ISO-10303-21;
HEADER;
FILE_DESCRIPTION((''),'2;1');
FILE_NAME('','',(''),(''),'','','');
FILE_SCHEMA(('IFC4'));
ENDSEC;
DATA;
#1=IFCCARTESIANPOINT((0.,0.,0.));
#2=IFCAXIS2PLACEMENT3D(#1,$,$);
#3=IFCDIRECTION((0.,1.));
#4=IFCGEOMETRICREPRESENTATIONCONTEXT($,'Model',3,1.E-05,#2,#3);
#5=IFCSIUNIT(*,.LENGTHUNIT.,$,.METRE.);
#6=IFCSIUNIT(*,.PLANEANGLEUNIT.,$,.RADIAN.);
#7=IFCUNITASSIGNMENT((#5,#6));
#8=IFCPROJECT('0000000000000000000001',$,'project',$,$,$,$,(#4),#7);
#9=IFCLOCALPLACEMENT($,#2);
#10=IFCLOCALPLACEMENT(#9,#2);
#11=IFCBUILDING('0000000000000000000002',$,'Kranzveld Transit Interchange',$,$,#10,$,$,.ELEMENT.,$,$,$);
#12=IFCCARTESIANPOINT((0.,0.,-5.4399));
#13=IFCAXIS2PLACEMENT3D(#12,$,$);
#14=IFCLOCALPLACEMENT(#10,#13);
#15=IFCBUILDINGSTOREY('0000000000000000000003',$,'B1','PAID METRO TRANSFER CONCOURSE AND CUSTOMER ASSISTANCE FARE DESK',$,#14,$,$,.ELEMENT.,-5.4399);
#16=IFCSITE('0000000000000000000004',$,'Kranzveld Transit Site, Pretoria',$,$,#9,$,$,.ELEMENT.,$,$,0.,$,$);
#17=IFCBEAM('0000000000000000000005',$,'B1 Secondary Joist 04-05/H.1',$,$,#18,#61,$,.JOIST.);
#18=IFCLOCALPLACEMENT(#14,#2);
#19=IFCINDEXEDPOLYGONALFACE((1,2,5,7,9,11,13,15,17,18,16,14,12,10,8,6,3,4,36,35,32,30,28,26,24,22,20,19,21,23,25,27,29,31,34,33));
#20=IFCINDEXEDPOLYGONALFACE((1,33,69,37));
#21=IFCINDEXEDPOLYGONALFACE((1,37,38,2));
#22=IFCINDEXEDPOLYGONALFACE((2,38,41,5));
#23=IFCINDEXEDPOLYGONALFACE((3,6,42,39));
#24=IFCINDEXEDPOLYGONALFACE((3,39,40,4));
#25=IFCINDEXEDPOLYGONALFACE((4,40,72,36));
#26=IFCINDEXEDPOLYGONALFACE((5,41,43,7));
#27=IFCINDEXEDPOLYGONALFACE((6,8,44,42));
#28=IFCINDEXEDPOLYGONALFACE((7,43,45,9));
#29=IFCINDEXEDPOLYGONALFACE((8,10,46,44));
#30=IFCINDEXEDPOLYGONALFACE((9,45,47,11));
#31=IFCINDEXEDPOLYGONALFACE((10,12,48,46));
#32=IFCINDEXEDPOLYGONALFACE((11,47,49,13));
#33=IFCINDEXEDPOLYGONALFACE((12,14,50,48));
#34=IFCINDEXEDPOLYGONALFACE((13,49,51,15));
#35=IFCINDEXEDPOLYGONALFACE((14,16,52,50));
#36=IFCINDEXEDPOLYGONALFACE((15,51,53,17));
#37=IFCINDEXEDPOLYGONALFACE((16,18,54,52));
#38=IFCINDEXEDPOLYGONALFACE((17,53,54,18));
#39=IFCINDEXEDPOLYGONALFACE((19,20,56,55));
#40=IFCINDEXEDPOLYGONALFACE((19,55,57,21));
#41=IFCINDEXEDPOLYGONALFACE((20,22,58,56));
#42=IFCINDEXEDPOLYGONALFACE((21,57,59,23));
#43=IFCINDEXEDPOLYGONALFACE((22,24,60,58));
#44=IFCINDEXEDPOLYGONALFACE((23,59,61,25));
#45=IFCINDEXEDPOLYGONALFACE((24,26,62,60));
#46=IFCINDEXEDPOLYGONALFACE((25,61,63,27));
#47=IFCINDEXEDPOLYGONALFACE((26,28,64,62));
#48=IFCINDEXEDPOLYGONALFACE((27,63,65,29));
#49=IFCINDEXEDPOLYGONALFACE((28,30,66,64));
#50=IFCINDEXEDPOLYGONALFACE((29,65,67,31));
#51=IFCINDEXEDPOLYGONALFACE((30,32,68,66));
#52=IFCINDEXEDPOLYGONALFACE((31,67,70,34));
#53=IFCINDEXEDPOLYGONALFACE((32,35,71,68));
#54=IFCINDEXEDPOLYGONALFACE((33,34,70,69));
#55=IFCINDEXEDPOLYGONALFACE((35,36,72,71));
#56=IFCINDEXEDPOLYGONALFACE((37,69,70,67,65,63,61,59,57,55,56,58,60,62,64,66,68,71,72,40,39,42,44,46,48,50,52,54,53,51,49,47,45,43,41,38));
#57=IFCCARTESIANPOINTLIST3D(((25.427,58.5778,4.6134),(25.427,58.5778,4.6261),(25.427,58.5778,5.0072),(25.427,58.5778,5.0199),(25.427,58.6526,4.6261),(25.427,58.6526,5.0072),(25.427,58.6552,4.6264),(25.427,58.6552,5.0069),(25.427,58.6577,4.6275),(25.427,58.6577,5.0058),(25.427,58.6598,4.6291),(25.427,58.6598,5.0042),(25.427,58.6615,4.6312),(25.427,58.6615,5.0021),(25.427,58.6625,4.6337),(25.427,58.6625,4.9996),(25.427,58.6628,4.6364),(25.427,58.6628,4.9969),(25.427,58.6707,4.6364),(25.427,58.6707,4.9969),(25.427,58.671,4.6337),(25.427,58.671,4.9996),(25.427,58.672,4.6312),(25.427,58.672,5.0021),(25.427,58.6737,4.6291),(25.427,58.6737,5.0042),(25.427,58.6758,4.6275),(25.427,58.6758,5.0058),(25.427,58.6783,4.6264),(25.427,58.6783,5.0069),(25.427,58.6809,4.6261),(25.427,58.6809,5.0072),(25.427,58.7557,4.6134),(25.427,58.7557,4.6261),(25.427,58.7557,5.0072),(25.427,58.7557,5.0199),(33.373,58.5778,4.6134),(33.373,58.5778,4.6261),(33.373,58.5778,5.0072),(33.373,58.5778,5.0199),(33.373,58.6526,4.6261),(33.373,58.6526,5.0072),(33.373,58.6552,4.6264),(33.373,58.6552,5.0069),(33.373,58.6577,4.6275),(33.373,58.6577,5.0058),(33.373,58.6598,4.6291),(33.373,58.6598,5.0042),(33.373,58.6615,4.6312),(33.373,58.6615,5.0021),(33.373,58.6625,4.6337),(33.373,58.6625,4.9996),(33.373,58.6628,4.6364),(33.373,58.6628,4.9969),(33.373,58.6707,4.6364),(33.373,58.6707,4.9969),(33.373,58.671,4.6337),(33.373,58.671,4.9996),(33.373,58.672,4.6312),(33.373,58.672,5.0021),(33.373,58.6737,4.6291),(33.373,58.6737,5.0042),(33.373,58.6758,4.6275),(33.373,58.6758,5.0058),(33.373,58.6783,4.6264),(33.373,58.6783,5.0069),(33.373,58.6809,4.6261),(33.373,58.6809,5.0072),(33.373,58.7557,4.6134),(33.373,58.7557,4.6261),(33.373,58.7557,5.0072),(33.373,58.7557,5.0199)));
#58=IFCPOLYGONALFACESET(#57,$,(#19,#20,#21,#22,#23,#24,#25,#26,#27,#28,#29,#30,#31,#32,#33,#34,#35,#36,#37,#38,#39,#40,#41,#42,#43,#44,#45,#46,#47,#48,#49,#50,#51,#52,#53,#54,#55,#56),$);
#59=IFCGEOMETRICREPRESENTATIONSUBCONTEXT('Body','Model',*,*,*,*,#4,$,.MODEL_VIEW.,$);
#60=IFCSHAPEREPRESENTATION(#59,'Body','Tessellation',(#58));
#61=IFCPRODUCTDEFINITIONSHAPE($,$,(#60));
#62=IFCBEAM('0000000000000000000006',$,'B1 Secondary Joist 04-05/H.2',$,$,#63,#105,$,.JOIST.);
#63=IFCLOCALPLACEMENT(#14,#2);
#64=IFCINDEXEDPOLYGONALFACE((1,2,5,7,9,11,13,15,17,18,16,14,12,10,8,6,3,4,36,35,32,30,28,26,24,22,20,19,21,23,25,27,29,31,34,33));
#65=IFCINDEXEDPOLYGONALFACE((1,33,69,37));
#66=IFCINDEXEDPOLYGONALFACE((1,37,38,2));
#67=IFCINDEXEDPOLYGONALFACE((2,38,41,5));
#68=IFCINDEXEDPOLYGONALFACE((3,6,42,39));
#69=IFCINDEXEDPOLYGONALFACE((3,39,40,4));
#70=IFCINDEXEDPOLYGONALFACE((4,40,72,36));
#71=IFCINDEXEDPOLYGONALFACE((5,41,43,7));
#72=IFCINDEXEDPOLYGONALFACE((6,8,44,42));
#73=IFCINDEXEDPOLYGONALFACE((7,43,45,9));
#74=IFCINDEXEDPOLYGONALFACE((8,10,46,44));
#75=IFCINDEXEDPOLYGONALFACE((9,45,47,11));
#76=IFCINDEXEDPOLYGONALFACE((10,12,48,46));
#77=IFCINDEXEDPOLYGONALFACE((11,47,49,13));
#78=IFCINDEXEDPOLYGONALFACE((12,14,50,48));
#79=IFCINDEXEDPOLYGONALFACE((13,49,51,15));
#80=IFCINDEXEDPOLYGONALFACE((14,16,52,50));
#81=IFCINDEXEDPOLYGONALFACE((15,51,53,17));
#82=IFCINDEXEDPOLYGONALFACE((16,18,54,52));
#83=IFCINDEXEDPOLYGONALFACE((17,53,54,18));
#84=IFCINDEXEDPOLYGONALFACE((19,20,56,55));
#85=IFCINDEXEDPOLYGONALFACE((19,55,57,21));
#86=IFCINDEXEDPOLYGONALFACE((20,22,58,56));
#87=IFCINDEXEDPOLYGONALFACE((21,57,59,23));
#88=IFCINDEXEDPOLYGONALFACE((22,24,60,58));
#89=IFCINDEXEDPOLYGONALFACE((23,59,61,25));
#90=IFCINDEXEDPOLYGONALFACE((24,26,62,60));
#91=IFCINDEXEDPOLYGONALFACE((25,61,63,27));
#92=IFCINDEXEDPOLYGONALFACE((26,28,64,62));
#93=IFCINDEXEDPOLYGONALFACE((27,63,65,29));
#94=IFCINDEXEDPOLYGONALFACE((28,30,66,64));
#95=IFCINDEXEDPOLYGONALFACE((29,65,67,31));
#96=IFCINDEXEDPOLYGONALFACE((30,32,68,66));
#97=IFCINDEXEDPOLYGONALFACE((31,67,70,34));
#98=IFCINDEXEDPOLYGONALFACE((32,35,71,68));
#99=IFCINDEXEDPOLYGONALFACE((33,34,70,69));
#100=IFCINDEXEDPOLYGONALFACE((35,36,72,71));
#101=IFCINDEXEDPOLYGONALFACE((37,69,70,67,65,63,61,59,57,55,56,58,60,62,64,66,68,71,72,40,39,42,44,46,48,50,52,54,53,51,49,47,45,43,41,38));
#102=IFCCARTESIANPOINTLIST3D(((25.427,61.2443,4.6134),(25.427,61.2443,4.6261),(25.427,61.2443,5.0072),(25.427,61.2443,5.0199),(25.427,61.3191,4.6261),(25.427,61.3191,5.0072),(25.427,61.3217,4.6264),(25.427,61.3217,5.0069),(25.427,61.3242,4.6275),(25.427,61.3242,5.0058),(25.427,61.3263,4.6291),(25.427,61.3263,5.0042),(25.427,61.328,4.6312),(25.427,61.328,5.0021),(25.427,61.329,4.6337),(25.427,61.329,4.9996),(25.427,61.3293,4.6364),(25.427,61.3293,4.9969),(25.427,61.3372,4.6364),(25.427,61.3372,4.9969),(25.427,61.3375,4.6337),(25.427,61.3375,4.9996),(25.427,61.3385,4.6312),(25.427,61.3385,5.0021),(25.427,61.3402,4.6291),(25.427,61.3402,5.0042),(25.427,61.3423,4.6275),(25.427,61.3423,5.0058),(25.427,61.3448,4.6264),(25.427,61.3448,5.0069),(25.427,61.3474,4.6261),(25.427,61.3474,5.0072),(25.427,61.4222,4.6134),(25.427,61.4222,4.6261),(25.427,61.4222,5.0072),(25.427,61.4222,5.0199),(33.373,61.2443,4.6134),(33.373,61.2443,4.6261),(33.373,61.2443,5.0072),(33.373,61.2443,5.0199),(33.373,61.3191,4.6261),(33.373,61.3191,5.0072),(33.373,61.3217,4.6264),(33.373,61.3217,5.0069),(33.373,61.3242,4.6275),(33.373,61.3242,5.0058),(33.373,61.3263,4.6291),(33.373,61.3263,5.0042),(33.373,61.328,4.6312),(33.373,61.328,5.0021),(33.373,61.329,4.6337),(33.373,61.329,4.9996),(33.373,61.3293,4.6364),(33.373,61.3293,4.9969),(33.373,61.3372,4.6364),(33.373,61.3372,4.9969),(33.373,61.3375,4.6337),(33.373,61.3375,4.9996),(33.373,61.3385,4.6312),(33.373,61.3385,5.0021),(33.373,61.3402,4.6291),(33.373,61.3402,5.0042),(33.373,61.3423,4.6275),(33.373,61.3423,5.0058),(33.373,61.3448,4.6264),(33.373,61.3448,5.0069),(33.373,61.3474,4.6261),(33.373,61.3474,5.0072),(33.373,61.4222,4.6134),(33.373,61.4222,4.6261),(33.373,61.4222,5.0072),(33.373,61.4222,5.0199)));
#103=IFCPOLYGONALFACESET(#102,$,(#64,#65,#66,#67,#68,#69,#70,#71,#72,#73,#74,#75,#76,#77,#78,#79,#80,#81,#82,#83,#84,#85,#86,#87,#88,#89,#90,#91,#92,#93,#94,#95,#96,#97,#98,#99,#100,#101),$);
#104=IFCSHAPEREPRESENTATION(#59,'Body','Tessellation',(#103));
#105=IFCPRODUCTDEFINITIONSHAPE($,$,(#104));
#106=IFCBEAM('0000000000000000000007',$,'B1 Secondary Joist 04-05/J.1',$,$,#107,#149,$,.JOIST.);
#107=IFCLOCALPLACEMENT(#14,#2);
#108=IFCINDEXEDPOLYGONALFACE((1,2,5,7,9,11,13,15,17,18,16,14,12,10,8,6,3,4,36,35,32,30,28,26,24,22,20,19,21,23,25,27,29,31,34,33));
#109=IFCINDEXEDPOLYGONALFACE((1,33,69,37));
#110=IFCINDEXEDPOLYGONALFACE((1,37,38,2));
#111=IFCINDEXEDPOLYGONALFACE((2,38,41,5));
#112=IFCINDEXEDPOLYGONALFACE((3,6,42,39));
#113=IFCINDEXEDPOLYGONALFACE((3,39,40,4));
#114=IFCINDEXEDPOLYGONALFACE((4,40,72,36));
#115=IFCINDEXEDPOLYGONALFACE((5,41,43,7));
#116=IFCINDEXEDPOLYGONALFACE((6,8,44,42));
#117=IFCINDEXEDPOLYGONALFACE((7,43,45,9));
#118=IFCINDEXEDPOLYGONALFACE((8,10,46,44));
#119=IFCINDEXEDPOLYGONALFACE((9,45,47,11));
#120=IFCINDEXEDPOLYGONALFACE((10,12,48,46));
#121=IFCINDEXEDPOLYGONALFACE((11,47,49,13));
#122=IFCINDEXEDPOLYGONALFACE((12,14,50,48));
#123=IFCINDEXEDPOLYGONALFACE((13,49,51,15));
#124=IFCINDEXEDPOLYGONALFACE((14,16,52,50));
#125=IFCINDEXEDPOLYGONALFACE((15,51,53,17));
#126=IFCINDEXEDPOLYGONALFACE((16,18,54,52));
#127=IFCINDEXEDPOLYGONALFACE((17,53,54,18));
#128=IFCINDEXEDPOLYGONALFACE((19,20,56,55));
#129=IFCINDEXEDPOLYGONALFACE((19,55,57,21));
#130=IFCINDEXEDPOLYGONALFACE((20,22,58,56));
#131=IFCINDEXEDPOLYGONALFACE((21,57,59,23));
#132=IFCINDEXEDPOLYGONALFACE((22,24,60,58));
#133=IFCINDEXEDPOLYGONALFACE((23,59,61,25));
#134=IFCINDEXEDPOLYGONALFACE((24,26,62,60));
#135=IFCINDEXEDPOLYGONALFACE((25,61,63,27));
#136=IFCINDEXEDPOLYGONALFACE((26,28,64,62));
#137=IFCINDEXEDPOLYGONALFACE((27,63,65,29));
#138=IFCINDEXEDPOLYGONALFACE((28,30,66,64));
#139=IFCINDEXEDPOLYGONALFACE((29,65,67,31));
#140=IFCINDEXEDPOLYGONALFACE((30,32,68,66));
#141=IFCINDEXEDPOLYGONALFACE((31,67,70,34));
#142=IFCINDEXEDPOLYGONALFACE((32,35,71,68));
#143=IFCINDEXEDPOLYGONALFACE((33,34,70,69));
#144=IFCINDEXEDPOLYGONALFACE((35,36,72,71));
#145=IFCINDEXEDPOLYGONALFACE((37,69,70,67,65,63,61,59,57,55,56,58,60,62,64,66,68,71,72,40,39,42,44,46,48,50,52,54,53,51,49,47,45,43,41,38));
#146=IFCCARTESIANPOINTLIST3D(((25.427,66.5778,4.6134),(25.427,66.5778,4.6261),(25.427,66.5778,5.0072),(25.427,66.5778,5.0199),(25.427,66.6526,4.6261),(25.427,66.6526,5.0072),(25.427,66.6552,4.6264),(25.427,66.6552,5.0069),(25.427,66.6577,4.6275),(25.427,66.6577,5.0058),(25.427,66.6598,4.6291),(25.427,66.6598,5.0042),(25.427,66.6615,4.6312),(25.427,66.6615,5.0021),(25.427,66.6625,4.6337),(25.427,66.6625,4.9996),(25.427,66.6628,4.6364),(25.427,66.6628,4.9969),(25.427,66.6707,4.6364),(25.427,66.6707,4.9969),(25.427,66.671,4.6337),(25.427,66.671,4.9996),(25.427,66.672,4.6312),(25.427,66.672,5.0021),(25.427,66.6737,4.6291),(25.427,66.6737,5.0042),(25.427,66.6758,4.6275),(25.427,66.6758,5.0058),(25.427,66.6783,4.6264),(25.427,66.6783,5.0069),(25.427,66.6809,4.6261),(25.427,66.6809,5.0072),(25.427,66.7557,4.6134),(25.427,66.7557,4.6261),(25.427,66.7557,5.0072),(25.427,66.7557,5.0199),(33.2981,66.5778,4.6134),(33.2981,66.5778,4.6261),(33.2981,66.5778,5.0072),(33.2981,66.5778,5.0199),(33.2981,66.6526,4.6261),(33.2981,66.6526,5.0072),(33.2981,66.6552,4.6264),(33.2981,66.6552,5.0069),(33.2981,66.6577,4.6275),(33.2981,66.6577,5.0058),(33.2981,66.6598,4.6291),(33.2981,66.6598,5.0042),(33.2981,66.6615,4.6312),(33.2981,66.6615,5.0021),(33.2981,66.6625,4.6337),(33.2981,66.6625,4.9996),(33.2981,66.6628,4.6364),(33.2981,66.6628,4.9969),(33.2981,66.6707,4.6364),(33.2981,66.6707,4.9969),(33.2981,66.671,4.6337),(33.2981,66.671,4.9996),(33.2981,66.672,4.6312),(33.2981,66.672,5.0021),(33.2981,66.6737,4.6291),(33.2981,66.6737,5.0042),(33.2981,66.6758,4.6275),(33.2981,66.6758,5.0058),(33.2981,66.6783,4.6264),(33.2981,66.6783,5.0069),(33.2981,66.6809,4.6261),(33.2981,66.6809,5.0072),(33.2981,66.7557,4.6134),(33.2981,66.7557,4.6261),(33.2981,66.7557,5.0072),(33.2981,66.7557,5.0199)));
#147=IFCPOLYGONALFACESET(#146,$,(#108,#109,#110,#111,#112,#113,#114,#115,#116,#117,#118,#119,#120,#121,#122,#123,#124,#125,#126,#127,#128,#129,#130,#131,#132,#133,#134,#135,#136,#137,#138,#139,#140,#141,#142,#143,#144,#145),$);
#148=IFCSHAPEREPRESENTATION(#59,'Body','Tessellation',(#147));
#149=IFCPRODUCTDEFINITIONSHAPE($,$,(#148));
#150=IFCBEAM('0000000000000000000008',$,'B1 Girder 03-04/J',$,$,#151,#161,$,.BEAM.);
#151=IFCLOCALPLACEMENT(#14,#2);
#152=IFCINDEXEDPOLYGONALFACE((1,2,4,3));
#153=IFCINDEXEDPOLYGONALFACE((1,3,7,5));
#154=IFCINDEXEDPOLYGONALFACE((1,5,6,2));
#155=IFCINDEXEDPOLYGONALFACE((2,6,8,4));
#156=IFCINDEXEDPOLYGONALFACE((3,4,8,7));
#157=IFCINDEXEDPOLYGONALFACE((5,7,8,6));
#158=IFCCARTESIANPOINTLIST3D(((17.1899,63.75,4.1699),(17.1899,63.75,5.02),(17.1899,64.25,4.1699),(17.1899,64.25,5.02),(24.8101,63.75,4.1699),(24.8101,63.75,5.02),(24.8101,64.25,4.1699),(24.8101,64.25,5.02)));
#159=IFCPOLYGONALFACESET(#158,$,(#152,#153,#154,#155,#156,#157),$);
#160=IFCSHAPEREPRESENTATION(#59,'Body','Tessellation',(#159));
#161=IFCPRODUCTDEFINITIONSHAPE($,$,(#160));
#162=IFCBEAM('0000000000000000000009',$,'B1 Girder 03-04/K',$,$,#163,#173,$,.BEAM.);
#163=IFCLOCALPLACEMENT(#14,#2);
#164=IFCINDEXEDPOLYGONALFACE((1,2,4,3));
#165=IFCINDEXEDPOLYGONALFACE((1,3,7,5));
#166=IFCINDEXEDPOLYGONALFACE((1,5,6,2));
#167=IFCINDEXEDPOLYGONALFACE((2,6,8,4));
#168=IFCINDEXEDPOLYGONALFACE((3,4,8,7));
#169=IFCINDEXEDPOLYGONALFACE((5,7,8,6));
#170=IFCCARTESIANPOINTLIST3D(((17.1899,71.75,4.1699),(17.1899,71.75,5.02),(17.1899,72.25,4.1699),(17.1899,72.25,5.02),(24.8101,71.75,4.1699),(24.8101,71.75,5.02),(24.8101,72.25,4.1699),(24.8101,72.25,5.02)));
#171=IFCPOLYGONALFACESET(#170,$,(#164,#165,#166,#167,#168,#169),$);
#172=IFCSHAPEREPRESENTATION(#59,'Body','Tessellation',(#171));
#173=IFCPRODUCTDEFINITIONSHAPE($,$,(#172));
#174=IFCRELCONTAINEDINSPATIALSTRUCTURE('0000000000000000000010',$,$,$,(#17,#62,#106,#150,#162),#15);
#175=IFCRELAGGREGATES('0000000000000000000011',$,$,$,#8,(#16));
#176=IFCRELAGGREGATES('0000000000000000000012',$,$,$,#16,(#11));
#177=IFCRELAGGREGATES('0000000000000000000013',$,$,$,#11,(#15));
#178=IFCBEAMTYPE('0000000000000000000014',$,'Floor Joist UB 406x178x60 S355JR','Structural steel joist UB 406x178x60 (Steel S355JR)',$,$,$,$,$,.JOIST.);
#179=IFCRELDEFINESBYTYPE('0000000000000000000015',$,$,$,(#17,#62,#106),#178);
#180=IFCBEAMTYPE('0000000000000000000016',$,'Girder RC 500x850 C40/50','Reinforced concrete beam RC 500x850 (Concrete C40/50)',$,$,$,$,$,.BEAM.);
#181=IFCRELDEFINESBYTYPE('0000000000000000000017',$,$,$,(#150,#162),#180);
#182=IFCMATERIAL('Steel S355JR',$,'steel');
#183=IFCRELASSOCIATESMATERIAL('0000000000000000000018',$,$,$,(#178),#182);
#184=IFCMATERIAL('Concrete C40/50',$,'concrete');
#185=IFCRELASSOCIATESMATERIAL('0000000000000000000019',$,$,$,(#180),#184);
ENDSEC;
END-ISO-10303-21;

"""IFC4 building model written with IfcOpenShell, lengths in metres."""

from ifc_helpers import new_model, si_unit, direction, frame, origin, origin_2d, place, context, subcontext, project, spatial, rectangle, i_section, extrude, material, material_profile, profile_set, type_object, element, save


model = new_model("IFC4")

# Units and contexts
model_context = context("Model", 3, precision=1e-05, world=origin(), true_north=direction((0.0, 1.0)))
body_context = subcontext(model_context, "Body", "Model", "MODEL_VIEW")
ifc_project = project(units=[si_unit("LENGTHUNIT", "METRE"), si_unit("PLANEANGLEUNIT", "RADIAN")], contexts=[model_context])

# Site, building, storey
site_placement = place(None, origin())
site = spatial("IfcSite", under=ifc_project, at=site_placement, Name="Kranzveld Transit Site, Pretoria", CompositionType="ELEMENT", RefElevation=0.0)
building_placement = place(site_placement, origin())
building = spatial("IfcBuilding", under=site, at=building_placement, Name="Kranzveld Transit Interchange", CompositionType="ELEMENT")
storey_placement = place(building_placement, frame((0.0, 0.0, -5.4399)))
storey = spatial("IfcBuildingStorey", under=building, at=storey_placement, Name="B1", Description="PAID METRO TRANSFER CONCOURSE AND CUSTOMER ASSISTANCE FARE DESK", CompositionType="ELEMENT", Elevation=-5.4399)

# Beams
ifc_material_1 = material(Name="Steel S355JR", Category="steel")
ifc_material_profile_1 = material_profile(ifc_material_1, i_section(OverallWidth=0.178, OverallDepth=0.4065, WebThickness=0.0078, FlangeThickness=0.0127, FilletRadius=0.0103, at=origin_2d()), Name="UB 406x178x60")
ifc_profile_set_1 = profile_set([ifc_material_profile_1], Name="Steel S355JR")
beam_type_1 = type_object("IfcBeamType", Name="Floor Joist UB 406x178x60 S355JR", Description="Structural steel joist UB 406x178x60 (Steel S355JR)", PredefinedType="JOIST", material=ifc_profile_set_1)
for number, where, z_axis, x_axis, name in (
    (1, (25.427, 58.6667, 4.8167), (1.0, 0.0, 0.0), (0.0, 1.0, 0.0), "B1 Secondary Joist 04-05/H.1"),
    (2, (25.427, 61.3333, 4.8167), (1.0, 0.0, 0.0), (0.0, 1.0, 0.0), "B1 Secondary Joist 04-05/H.2"),
):
    element("IfcBeam", number, at=place(storey_placement, frame(where, z_axis=z_axis, x_axis=x_axis)), inside=storey, type_object=beam_type_1, Name=name, PredefinedType="JOIST", context=body_context, shape_type="SweptSolid", body=[
        extrude(i_section(OverallWidth=0.178, OverallDepth=0.4065, WebThickness=0.0078, FlangeThickness=0.0127, FilletRadius=0.0103, at=origin_2d()), origin(), (0.0, 0.0, 1.0), 7.946),
    ])
beam_placement = place(storey_placement, frame((25.427, 66.6667, 4.8167), z_axis=(1.0, 0.0, 0.0), x_axis=(0.0, 1.0, 0.0)))
element("IfcBeam", 3, at=beam_placement, inside=storey, type_object=beam_type_1, Name="B1 Secondary Joist 04-05/J.1", PredefinedType="JOIST", context=body_context, shape_type="SweptSolid", body=[
    extrude(i_section(OverallWidth=0.178, OverallDepth=0.4065, WebThickness=0.0078, FlangeThickness=0.0127, FilletRadius=0.0103, at=origin_2d()), origin(), (0.0, 0.0, 1.0), 7.8711),
])
ifc_material_2 = material(Name="Concrete C40/50", Category="concrete")
ifc_material_profile_2 = material_profile(ifc_material_2, rectangle(XDim=0.5, YDim=0.8501, at=origin_2d()), Name="RC 500x850")
ifc_profile_set_2 = profile_set([ifc_material_profile_2], Name="Concrete C40/50")
beam_type_2 = type_object("IfcBeamType", Name="Girder RC 500x850 C40/50", Description="Reinforced concrete beam RC 500x850 (Concrete C40/50)", PredefinedType="BEAM", material=ifc_profile_set_2)
for number, where, z_axis, x_axis, name in (
    (4, (17.1899, 64.0, 4.595), (1.0, 0.0, 0.0), (0.0, 1.0, 0.0), "B1 Girder 03-04/J"),
    (5, (17.1899, 72.0, 4.595), (1.0, 0.0, 0.0), (0.0, 1.0, 0.0), "B1 Girder 03-04/K"),
):
    element("IfcBeam", number, at=place(storey_placement, frame(where, z_axis=z_axis, x_axis=x_axis)), inside=storey, type_object=beam_type_2, Name=name, PredefinedType="BEAM", context=body_context, shape_type="SweptSolid", body=[
        extrude(rectangle(XDim=0.5, YDim=0.8501, at=origin_2d()), origin(), (0.0, 0.0, 1.0), 7.6201),
    ])

save(model, "model.ifc")
